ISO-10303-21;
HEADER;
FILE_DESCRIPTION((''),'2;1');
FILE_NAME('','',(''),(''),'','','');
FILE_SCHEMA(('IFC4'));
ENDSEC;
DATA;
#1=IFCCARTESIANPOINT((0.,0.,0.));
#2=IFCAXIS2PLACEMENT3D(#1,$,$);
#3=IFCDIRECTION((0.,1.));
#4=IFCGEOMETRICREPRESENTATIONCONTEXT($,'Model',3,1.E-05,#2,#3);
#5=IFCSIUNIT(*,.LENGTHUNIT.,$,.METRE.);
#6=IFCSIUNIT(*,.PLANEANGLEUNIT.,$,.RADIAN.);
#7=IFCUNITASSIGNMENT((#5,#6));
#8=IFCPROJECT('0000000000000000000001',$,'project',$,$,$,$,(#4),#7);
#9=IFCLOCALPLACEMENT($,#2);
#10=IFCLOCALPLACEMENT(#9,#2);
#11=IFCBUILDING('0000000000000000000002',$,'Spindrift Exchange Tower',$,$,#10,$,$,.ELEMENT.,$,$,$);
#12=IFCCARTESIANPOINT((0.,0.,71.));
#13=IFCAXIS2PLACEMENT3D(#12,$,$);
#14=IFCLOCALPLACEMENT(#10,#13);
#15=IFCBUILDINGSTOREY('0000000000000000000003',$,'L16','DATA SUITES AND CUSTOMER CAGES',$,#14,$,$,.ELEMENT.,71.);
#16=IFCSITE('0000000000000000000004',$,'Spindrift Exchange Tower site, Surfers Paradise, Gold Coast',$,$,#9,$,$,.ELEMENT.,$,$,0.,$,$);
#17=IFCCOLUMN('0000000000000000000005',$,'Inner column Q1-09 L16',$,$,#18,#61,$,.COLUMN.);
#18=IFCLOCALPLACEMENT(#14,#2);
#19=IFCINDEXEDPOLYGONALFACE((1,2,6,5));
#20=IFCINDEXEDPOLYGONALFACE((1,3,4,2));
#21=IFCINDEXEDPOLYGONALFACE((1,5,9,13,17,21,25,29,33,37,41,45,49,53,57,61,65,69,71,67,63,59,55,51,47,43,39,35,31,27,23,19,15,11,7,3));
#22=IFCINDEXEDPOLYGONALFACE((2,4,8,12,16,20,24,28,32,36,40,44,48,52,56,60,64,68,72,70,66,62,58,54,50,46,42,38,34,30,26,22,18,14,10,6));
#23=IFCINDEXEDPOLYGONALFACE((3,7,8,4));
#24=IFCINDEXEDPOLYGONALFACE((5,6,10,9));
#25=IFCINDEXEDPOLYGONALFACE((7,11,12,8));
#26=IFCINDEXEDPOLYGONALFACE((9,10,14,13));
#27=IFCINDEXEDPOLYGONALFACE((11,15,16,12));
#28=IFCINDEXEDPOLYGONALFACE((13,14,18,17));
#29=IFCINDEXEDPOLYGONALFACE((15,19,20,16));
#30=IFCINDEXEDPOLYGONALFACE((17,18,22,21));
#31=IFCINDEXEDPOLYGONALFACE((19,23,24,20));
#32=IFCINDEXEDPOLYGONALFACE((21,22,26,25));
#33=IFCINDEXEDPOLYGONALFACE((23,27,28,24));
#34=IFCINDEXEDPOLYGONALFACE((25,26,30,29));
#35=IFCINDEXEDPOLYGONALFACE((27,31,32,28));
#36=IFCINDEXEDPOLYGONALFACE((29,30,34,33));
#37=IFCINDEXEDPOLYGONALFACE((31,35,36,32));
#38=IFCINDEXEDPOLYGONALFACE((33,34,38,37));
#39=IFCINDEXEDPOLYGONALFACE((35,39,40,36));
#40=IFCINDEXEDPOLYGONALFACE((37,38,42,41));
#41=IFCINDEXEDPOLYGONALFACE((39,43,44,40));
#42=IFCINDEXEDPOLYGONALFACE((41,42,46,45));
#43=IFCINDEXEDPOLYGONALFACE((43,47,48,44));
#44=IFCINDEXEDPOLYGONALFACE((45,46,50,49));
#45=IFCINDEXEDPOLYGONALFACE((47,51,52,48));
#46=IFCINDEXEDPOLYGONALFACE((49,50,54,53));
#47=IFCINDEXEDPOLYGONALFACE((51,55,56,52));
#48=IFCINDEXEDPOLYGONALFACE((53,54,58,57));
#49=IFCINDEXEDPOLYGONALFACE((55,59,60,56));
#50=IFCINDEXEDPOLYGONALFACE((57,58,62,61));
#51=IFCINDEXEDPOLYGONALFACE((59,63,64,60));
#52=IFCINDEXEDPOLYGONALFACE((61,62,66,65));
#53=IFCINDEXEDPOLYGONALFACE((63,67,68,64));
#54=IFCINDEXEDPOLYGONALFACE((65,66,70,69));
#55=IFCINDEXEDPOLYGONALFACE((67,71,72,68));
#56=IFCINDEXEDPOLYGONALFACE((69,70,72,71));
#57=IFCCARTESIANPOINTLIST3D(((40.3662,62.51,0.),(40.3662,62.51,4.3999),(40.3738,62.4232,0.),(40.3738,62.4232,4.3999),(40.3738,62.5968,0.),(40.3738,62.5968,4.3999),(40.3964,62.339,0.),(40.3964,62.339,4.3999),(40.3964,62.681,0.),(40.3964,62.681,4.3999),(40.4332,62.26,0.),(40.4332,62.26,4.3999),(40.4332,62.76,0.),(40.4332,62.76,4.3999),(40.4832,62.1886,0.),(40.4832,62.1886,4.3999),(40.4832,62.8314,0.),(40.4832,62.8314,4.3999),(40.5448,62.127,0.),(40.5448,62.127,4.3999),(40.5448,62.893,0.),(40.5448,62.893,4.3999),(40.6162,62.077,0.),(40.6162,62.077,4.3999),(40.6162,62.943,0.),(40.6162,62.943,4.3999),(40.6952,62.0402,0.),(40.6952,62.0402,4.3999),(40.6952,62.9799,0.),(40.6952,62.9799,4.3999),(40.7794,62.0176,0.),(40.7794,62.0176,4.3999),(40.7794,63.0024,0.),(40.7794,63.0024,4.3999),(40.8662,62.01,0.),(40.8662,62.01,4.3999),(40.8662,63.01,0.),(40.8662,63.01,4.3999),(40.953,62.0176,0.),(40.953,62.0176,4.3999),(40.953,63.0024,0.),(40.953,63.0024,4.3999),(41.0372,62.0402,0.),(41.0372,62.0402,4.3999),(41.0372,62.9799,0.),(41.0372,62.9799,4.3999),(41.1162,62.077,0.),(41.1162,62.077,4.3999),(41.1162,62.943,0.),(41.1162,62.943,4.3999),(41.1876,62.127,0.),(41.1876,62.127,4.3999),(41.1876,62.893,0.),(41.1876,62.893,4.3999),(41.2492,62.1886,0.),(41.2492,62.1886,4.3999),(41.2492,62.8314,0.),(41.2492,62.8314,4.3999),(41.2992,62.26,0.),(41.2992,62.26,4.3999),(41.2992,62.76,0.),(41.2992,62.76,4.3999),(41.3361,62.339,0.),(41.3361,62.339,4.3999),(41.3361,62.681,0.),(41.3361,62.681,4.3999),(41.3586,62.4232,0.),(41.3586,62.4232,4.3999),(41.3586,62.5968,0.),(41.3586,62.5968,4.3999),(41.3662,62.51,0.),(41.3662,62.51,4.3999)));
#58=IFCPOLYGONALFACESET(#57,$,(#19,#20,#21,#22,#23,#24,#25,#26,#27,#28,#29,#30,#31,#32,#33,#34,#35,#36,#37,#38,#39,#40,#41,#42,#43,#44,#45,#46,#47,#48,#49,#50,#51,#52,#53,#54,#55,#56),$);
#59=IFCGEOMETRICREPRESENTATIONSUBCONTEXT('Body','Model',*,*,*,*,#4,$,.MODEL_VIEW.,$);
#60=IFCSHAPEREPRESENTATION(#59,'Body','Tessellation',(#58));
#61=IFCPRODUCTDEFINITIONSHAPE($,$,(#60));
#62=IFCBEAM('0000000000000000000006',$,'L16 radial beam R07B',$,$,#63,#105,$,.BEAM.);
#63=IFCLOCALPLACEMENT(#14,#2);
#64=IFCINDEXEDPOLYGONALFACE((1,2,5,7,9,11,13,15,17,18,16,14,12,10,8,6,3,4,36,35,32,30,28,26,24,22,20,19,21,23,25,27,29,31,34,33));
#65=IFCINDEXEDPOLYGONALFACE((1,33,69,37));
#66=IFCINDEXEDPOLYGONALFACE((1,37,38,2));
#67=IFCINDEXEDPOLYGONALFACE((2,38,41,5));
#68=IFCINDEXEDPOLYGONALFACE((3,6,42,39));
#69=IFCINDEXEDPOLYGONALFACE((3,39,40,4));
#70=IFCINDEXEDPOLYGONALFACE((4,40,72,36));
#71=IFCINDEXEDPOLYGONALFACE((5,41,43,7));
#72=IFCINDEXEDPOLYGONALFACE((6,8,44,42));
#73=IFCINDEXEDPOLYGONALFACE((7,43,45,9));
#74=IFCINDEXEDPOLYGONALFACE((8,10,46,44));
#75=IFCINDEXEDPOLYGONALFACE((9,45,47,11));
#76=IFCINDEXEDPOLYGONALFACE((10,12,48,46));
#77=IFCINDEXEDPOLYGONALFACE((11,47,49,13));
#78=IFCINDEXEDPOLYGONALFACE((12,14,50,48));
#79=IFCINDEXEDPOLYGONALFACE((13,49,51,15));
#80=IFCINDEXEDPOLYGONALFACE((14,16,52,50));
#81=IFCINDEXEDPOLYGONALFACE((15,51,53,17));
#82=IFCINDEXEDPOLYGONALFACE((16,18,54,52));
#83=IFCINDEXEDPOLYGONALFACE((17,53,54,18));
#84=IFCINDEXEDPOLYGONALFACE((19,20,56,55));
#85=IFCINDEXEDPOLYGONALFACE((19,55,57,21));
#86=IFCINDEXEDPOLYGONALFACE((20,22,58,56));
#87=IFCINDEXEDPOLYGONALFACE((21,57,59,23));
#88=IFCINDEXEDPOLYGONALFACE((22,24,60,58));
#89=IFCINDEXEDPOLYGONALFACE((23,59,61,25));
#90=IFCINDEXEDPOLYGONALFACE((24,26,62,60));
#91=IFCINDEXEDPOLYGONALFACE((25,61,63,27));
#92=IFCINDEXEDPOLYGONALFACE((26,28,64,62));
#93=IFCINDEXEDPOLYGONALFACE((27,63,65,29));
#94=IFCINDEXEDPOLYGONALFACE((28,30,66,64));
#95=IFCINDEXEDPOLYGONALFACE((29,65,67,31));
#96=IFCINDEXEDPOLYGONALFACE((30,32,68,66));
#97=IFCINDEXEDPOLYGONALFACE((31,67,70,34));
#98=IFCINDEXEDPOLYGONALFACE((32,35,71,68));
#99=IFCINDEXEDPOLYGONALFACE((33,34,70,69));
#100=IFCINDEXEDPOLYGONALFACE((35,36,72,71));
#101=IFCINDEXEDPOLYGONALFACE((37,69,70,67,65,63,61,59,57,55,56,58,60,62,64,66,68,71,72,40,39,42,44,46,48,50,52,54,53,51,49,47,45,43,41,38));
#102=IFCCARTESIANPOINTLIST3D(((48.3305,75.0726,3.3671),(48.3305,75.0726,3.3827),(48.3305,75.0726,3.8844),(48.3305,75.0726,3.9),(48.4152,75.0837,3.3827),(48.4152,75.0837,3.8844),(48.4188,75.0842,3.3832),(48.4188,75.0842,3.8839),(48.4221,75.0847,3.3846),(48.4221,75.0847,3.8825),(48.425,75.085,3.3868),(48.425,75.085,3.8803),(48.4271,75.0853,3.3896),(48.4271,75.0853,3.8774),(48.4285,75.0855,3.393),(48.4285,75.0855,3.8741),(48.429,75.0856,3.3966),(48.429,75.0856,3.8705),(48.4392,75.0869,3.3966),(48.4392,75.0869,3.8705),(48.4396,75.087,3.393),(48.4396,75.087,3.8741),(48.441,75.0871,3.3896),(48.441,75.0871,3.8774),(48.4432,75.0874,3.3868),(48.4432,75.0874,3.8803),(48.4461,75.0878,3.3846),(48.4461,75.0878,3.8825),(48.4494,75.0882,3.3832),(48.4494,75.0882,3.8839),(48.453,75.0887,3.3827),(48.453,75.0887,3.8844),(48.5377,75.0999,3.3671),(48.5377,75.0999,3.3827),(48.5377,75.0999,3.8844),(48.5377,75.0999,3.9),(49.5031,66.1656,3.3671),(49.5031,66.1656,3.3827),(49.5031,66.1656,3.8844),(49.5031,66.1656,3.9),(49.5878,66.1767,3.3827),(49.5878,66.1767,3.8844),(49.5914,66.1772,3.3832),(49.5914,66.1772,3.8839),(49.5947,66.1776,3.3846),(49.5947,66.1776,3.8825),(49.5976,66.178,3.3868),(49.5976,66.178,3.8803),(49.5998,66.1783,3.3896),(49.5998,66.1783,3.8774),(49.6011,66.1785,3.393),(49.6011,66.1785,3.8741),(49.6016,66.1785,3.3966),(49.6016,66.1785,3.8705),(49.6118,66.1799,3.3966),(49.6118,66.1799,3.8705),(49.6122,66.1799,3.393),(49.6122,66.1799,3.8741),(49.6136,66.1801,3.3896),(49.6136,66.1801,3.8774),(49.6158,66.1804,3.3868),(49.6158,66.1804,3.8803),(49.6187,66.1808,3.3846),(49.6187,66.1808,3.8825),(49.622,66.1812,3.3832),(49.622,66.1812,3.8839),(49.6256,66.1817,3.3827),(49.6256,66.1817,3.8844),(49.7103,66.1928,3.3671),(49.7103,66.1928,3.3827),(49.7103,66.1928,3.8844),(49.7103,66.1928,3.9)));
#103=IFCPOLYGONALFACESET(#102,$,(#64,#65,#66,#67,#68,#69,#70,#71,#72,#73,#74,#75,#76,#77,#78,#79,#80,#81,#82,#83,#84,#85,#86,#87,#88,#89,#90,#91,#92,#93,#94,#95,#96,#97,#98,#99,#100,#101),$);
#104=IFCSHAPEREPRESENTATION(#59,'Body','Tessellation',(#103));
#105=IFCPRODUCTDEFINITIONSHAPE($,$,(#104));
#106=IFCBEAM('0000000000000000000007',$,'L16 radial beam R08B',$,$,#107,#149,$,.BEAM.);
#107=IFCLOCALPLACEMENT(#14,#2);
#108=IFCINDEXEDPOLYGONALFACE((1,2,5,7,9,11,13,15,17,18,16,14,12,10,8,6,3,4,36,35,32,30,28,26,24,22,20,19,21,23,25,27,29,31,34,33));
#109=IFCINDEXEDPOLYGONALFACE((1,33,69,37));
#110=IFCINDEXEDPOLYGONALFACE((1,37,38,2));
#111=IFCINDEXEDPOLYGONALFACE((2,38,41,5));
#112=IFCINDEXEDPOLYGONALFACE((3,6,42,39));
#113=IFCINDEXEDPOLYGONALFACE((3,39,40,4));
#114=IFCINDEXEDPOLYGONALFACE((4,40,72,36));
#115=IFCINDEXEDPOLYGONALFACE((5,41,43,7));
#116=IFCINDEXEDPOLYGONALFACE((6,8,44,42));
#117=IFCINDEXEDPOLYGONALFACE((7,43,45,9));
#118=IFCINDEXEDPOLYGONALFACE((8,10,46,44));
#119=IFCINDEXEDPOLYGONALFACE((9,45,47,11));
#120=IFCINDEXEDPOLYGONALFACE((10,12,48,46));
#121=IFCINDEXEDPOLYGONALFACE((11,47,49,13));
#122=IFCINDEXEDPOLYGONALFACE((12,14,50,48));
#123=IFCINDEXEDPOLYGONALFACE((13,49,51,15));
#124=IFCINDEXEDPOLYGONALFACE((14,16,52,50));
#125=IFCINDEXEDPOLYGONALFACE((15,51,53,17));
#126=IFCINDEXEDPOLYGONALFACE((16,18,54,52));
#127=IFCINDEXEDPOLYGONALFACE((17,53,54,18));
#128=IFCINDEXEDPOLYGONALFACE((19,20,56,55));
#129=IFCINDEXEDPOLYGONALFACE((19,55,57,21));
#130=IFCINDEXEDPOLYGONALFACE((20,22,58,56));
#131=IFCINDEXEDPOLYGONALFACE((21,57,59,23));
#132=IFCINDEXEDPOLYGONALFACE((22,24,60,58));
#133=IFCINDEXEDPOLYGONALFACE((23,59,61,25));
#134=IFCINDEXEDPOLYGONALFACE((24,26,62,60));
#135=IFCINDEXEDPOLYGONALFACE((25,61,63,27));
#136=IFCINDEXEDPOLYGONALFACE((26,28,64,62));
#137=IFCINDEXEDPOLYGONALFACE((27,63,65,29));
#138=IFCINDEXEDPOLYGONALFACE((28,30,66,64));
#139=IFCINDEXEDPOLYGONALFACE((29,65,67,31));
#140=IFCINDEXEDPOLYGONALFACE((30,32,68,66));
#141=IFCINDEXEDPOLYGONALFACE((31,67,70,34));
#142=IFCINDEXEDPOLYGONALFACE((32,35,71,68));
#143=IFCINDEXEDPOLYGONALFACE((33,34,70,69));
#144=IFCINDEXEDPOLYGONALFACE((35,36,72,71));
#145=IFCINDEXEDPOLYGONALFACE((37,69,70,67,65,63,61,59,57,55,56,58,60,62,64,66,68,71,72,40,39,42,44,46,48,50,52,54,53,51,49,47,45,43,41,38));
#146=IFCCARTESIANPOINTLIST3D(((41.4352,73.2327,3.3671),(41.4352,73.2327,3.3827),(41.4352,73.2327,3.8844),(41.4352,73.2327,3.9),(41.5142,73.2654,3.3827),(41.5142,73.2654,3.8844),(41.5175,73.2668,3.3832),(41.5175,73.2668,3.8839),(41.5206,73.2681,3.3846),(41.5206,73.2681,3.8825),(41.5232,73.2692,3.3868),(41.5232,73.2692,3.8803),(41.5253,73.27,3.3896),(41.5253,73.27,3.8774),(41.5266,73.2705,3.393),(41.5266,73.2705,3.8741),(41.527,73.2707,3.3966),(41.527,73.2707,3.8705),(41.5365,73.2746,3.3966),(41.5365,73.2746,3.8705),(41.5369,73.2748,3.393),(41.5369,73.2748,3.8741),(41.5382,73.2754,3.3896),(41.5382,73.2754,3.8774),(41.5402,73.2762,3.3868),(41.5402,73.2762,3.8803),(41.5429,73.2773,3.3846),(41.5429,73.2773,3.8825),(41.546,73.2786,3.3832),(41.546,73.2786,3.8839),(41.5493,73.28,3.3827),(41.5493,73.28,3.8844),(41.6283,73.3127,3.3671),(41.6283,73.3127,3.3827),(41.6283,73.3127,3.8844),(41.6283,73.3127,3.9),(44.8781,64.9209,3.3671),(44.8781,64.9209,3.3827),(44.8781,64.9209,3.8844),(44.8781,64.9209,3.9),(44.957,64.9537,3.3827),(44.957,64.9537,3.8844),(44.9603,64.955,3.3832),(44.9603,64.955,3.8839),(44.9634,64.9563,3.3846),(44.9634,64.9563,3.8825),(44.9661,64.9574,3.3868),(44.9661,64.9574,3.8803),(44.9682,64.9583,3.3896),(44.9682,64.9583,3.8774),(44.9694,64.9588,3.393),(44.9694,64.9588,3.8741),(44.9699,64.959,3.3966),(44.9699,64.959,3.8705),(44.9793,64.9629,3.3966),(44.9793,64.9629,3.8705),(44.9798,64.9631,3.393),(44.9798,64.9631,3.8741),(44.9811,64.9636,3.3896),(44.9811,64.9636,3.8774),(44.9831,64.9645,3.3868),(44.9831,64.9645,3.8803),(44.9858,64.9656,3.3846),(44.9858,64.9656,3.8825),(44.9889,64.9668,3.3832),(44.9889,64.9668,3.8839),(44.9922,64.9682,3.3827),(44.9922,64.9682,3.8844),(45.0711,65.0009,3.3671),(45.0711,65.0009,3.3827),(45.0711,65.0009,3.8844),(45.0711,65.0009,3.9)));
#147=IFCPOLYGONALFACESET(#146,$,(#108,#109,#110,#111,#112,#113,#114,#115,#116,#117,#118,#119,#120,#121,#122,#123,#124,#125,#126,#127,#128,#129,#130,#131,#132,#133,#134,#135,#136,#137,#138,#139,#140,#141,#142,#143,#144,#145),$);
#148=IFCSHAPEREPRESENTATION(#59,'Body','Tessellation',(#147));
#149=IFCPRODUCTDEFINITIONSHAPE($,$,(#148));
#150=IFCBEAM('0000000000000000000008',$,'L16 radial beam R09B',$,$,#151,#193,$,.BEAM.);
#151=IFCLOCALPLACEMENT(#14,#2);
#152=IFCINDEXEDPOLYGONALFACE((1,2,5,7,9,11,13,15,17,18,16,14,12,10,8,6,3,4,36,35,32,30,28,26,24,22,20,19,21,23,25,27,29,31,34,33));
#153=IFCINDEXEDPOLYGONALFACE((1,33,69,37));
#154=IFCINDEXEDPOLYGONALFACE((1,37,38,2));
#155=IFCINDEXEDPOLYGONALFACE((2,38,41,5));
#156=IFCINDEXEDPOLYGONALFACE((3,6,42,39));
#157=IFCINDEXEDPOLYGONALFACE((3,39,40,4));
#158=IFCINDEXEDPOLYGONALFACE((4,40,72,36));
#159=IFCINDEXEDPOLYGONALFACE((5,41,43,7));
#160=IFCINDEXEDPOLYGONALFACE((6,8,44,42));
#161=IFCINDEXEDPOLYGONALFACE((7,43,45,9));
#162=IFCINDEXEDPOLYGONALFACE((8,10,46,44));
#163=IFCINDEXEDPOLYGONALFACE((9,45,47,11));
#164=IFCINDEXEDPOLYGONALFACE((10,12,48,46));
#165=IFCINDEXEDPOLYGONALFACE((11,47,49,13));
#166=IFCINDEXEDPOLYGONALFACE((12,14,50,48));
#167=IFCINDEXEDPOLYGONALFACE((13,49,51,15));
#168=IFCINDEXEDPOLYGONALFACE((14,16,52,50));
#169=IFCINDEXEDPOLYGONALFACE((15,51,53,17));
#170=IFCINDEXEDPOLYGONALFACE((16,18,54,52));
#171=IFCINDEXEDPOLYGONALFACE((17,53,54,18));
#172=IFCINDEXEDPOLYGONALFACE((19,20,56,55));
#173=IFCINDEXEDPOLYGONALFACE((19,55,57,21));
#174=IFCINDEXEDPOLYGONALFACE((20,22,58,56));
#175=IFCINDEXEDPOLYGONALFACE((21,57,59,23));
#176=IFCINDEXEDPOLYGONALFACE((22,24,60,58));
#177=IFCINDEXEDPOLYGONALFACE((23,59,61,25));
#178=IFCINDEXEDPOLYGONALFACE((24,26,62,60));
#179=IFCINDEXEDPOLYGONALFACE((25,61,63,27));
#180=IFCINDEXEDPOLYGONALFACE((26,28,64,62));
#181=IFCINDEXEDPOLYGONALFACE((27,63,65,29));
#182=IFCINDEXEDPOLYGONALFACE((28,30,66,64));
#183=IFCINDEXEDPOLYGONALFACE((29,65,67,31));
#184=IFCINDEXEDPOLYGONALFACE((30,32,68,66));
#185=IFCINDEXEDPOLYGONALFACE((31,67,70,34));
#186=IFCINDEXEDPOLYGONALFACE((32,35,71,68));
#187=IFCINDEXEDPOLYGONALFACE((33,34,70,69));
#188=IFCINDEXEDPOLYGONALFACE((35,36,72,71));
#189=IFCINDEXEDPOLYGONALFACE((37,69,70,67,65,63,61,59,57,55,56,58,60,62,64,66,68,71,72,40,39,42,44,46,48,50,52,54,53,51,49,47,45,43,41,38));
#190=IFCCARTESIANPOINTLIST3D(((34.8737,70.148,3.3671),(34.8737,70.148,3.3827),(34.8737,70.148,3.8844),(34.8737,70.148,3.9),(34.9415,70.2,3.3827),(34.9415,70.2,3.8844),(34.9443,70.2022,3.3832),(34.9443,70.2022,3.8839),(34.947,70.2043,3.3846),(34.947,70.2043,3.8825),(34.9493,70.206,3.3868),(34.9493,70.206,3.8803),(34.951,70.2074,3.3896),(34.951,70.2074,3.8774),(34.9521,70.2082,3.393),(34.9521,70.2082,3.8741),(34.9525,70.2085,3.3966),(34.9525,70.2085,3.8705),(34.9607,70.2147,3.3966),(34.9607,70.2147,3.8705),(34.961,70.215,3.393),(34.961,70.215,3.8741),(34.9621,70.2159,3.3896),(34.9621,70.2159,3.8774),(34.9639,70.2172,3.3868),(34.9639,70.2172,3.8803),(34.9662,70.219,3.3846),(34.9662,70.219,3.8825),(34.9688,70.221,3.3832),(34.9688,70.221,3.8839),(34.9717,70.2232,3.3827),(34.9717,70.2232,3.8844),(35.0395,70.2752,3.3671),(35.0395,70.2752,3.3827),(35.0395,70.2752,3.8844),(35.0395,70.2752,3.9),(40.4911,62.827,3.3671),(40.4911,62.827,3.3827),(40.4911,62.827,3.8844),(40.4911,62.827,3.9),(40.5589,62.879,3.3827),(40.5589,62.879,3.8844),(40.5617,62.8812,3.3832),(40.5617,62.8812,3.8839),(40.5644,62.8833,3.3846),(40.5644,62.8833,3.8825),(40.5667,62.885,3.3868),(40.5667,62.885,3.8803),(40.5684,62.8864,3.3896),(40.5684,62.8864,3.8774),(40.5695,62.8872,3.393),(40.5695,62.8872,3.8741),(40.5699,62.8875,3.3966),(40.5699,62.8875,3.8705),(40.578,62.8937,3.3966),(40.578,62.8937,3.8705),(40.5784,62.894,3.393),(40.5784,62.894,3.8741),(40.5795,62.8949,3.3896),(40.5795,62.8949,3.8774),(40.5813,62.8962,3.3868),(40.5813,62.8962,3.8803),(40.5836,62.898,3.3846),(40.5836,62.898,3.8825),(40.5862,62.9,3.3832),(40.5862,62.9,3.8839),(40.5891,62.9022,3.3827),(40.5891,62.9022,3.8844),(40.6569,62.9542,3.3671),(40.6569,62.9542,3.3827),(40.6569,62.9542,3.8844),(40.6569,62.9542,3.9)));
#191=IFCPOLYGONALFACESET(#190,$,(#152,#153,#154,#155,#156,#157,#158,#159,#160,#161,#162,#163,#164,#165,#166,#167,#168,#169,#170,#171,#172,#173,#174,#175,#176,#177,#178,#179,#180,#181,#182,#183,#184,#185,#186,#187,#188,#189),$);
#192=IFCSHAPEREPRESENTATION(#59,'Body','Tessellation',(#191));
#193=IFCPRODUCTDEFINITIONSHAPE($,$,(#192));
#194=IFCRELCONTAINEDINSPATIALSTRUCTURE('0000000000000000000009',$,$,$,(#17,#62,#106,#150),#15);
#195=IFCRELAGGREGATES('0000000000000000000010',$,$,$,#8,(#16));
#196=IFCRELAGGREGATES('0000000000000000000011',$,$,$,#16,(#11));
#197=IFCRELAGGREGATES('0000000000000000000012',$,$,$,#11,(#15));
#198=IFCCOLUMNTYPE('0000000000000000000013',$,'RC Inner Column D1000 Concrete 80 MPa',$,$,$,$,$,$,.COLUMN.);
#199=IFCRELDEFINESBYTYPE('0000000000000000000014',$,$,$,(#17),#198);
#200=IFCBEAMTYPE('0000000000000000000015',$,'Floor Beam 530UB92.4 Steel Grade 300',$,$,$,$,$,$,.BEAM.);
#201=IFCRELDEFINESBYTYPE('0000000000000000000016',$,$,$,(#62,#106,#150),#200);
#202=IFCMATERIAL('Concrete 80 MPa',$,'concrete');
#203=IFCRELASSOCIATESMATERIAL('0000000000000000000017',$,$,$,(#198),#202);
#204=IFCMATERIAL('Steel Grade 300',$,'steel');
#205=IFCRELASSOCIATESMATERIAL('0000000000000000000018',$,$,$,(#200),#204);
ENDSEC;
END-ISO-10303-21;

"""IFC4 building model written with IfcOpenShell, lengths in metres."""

from ifc_helpers import new_model, si_unit, direction, frame, origin, origin_2d, place, context, subcontext, project, spatial, circle, i_section, extrude, source, transform, mapped, material, material_profile, profile_set, type_object, element, save


model = new_model("IFC4")

# Units and contexts
model_context = context("Model", 3, precision=1e-05, world=origin(), true_north=direction((0.0, 1.0)))
body_context = subcontext(model_context, "Body", "Model", "MODEL_VIEW")
ifc_project = project(units=[si_unit("LENGTHUNIT", "METRE"), si_unit("PLANEANGLEUNIT", "RADIAN")], contexts=[model_context])

# Site, building, storey
site_placement = place(None, origin())
site = spatial("IfcSite", under=ifc_project, at=site_placement, Name="Spindrift Exchange Tower site, Surfers Paradise, Gold Coast", CompositionType="ELEMENT", RefElevation=0.0)
building_placement = place(site_placement, origin())
building = spatial("IfcBuilding", under=site, at=building_placement, Name="Spindrift Exchange Tower", CompositionType="ELEMENT")
storey_placement = place(building_placement, frame((0.0, 0.0, 71.0)))
storey = spatial("IfcBuildingStorey", under=building, at=storey_placement, Name="L16", Description="DATA SUITES AND CUSTOMER CAGES", CompositionType="ELEMENT", Elevation=71.0)

# Column
ifc_material_1 = material(Name="Concrete 80 MPa", Category="concrete")
ifc_material_profile_1 = material_profile(ifc_material_1, circle(Radius=0.5, at=origin_2d()), Name="RC D1000")
ifc_profile_set_1 = profile_set([ifc_material_profile_1], Name="Concrete 80 MPa")
column_type_1 = type_object("IfcColumnType", Name="RC Inner Column D1000 Concrete 80 MPa", PredefinedType="COLUMN", material=ifc_profile_set_1)
shared_shape_1 = source(origin(), body_context, "Body", "SweptSolid", [
    extrude(circle(Radius=0.5, at=origin_2d()), origin(), (0.0, 0.0, 1.0), 4.3999),
])
for number, where, z_axis, x_axis, name in (
    (1, (40.8662, 62.51, 0.0), (0.0, 0.0, 1.0), (1.0, 0.0, 0.0), "Inner column Q1-09 L16"),
):
    element("IfcColumn", number, at=place(storey_placement, frame(where, z_axis=z_axis, x_axis=x_axis)), inside=storey, type_object=column_type_1, Name=name, PredefinedType="COLUMN", context=body_context, shape_type="MappedRepresentation", body=[
        mapped(shared_shape_1, transform((0.0, 0.0, 0.0), scale=1.0)),
    ])

# Beams
ifc_material_2 = material(Name="Steel Grade 300", Category="steel")
ifc_material_profile_2 = material_profile(ifc_material_2, i_section(OverallWidth=0.209, OverallDepth=0.533, WebThickness=0.0103, FlangeThickness=0.0156, FilletRadius=0.0139, at=origin_2d()), Name="530UB92.4")
ifc_profile_set_2 = profile_set([ifc_material_profile_2], Name="Steel Grade 300")
beam_type_1 = type_object("IfcBeamType", Name="Floor Beam 530UB92.4 Steel Grade 300", PredefinedType="BEAM", material=ifc_profile_set_2)
shared_shape_2 = source(origin(), body_context, "Body", "SweptSolid", [
    extrude(i_section(OverallWidth=0.209, OverallDepth=0.533, WebThickness=0.0103, FlangeThickness=0.0156, FilletRadius=0.0139, at=origin_2d()), origin(), (0.0, 0.0, 1.0), 8.9839),
])
beam_1_placement = place(storey_placement, frame((49.6067, 66.1792, 3.6335), z_axis=(-0.130524, 0.991445, 0.0), x_axis=(-0.991445, -0.130524, 0.0)))
element("IfcBeam", 2, at=beam_1_placement, inside=storey, type_object=beam_type_1, Name="L16 radial beam R07B", PredefinedType="BEAM", context=body_context, shape_type="MappedRepresentation", body=[
    mapped(shared_shape_2, transform((0.0, 0.0, 0.0), scale=1.0)),
])
shared_shape_3 = source(origin(), body_context, "Body", "SweptSolid", [
    extrude(i_section(OverallWidth=0.209, OverallDepth=0.533, WebThickness=0.0103, FlangeThickness=0.0156, FilletRadius=0.0139, at=origin_2d()), origin(), (0.0, 0.0, 1.0), 8.9966),
])
beam_2_placement = place(storey_placement, frame((44.9746, 64.9609, 3.6335), z_axis=(-0.382686, 0.923879, 0.0), x_axis=(-0.923879, -0.382686, 0.0)))
element("IfcBeam", 3, at=beam_2_placement, inside=storey, type_object=beam_type_1, Name="L16 radial beam R08B", PredefinedType="BEAM", context=body_context, shape_type="MappedRepresentation", body=[
    mapped(shared_shape_3, transform((0.0, 0.0, 0.0), scale=1.0)),
])
shared_shape_4 = source(origin(), body_context, "Body", "SweptSolid", [
    extrude(i_section(OverallWidth=0.209, OverallDepth=0.533, WebThickness=0.0103, FlangeThickness=0.0156, FilletRadius=0.0139, at=origin_2d()), origin(), (0.0, 0.0, 1.0), 9.2278),
])
beam_3_placement = place(storey_placement, frame((40.574, 62.8906, 3.6335), z_axis=(-0.608748, 0.793364, 0.0), x_axis=(-0.793364, -0.608748, 0.0)))
element("IfcBeam", 4, at=beam_3_placement, inside=storey, type_object=beam_type_1, Name="L16 radial beam R09B", PredefinedType="BEAM", context=body_context, shape_type="MappedRepresentation", body=[
    mapped(shared_shape_4, transform((0.0, 0.0, 0.0), scale=1.0)),
])

save(model, "model.ifc")
